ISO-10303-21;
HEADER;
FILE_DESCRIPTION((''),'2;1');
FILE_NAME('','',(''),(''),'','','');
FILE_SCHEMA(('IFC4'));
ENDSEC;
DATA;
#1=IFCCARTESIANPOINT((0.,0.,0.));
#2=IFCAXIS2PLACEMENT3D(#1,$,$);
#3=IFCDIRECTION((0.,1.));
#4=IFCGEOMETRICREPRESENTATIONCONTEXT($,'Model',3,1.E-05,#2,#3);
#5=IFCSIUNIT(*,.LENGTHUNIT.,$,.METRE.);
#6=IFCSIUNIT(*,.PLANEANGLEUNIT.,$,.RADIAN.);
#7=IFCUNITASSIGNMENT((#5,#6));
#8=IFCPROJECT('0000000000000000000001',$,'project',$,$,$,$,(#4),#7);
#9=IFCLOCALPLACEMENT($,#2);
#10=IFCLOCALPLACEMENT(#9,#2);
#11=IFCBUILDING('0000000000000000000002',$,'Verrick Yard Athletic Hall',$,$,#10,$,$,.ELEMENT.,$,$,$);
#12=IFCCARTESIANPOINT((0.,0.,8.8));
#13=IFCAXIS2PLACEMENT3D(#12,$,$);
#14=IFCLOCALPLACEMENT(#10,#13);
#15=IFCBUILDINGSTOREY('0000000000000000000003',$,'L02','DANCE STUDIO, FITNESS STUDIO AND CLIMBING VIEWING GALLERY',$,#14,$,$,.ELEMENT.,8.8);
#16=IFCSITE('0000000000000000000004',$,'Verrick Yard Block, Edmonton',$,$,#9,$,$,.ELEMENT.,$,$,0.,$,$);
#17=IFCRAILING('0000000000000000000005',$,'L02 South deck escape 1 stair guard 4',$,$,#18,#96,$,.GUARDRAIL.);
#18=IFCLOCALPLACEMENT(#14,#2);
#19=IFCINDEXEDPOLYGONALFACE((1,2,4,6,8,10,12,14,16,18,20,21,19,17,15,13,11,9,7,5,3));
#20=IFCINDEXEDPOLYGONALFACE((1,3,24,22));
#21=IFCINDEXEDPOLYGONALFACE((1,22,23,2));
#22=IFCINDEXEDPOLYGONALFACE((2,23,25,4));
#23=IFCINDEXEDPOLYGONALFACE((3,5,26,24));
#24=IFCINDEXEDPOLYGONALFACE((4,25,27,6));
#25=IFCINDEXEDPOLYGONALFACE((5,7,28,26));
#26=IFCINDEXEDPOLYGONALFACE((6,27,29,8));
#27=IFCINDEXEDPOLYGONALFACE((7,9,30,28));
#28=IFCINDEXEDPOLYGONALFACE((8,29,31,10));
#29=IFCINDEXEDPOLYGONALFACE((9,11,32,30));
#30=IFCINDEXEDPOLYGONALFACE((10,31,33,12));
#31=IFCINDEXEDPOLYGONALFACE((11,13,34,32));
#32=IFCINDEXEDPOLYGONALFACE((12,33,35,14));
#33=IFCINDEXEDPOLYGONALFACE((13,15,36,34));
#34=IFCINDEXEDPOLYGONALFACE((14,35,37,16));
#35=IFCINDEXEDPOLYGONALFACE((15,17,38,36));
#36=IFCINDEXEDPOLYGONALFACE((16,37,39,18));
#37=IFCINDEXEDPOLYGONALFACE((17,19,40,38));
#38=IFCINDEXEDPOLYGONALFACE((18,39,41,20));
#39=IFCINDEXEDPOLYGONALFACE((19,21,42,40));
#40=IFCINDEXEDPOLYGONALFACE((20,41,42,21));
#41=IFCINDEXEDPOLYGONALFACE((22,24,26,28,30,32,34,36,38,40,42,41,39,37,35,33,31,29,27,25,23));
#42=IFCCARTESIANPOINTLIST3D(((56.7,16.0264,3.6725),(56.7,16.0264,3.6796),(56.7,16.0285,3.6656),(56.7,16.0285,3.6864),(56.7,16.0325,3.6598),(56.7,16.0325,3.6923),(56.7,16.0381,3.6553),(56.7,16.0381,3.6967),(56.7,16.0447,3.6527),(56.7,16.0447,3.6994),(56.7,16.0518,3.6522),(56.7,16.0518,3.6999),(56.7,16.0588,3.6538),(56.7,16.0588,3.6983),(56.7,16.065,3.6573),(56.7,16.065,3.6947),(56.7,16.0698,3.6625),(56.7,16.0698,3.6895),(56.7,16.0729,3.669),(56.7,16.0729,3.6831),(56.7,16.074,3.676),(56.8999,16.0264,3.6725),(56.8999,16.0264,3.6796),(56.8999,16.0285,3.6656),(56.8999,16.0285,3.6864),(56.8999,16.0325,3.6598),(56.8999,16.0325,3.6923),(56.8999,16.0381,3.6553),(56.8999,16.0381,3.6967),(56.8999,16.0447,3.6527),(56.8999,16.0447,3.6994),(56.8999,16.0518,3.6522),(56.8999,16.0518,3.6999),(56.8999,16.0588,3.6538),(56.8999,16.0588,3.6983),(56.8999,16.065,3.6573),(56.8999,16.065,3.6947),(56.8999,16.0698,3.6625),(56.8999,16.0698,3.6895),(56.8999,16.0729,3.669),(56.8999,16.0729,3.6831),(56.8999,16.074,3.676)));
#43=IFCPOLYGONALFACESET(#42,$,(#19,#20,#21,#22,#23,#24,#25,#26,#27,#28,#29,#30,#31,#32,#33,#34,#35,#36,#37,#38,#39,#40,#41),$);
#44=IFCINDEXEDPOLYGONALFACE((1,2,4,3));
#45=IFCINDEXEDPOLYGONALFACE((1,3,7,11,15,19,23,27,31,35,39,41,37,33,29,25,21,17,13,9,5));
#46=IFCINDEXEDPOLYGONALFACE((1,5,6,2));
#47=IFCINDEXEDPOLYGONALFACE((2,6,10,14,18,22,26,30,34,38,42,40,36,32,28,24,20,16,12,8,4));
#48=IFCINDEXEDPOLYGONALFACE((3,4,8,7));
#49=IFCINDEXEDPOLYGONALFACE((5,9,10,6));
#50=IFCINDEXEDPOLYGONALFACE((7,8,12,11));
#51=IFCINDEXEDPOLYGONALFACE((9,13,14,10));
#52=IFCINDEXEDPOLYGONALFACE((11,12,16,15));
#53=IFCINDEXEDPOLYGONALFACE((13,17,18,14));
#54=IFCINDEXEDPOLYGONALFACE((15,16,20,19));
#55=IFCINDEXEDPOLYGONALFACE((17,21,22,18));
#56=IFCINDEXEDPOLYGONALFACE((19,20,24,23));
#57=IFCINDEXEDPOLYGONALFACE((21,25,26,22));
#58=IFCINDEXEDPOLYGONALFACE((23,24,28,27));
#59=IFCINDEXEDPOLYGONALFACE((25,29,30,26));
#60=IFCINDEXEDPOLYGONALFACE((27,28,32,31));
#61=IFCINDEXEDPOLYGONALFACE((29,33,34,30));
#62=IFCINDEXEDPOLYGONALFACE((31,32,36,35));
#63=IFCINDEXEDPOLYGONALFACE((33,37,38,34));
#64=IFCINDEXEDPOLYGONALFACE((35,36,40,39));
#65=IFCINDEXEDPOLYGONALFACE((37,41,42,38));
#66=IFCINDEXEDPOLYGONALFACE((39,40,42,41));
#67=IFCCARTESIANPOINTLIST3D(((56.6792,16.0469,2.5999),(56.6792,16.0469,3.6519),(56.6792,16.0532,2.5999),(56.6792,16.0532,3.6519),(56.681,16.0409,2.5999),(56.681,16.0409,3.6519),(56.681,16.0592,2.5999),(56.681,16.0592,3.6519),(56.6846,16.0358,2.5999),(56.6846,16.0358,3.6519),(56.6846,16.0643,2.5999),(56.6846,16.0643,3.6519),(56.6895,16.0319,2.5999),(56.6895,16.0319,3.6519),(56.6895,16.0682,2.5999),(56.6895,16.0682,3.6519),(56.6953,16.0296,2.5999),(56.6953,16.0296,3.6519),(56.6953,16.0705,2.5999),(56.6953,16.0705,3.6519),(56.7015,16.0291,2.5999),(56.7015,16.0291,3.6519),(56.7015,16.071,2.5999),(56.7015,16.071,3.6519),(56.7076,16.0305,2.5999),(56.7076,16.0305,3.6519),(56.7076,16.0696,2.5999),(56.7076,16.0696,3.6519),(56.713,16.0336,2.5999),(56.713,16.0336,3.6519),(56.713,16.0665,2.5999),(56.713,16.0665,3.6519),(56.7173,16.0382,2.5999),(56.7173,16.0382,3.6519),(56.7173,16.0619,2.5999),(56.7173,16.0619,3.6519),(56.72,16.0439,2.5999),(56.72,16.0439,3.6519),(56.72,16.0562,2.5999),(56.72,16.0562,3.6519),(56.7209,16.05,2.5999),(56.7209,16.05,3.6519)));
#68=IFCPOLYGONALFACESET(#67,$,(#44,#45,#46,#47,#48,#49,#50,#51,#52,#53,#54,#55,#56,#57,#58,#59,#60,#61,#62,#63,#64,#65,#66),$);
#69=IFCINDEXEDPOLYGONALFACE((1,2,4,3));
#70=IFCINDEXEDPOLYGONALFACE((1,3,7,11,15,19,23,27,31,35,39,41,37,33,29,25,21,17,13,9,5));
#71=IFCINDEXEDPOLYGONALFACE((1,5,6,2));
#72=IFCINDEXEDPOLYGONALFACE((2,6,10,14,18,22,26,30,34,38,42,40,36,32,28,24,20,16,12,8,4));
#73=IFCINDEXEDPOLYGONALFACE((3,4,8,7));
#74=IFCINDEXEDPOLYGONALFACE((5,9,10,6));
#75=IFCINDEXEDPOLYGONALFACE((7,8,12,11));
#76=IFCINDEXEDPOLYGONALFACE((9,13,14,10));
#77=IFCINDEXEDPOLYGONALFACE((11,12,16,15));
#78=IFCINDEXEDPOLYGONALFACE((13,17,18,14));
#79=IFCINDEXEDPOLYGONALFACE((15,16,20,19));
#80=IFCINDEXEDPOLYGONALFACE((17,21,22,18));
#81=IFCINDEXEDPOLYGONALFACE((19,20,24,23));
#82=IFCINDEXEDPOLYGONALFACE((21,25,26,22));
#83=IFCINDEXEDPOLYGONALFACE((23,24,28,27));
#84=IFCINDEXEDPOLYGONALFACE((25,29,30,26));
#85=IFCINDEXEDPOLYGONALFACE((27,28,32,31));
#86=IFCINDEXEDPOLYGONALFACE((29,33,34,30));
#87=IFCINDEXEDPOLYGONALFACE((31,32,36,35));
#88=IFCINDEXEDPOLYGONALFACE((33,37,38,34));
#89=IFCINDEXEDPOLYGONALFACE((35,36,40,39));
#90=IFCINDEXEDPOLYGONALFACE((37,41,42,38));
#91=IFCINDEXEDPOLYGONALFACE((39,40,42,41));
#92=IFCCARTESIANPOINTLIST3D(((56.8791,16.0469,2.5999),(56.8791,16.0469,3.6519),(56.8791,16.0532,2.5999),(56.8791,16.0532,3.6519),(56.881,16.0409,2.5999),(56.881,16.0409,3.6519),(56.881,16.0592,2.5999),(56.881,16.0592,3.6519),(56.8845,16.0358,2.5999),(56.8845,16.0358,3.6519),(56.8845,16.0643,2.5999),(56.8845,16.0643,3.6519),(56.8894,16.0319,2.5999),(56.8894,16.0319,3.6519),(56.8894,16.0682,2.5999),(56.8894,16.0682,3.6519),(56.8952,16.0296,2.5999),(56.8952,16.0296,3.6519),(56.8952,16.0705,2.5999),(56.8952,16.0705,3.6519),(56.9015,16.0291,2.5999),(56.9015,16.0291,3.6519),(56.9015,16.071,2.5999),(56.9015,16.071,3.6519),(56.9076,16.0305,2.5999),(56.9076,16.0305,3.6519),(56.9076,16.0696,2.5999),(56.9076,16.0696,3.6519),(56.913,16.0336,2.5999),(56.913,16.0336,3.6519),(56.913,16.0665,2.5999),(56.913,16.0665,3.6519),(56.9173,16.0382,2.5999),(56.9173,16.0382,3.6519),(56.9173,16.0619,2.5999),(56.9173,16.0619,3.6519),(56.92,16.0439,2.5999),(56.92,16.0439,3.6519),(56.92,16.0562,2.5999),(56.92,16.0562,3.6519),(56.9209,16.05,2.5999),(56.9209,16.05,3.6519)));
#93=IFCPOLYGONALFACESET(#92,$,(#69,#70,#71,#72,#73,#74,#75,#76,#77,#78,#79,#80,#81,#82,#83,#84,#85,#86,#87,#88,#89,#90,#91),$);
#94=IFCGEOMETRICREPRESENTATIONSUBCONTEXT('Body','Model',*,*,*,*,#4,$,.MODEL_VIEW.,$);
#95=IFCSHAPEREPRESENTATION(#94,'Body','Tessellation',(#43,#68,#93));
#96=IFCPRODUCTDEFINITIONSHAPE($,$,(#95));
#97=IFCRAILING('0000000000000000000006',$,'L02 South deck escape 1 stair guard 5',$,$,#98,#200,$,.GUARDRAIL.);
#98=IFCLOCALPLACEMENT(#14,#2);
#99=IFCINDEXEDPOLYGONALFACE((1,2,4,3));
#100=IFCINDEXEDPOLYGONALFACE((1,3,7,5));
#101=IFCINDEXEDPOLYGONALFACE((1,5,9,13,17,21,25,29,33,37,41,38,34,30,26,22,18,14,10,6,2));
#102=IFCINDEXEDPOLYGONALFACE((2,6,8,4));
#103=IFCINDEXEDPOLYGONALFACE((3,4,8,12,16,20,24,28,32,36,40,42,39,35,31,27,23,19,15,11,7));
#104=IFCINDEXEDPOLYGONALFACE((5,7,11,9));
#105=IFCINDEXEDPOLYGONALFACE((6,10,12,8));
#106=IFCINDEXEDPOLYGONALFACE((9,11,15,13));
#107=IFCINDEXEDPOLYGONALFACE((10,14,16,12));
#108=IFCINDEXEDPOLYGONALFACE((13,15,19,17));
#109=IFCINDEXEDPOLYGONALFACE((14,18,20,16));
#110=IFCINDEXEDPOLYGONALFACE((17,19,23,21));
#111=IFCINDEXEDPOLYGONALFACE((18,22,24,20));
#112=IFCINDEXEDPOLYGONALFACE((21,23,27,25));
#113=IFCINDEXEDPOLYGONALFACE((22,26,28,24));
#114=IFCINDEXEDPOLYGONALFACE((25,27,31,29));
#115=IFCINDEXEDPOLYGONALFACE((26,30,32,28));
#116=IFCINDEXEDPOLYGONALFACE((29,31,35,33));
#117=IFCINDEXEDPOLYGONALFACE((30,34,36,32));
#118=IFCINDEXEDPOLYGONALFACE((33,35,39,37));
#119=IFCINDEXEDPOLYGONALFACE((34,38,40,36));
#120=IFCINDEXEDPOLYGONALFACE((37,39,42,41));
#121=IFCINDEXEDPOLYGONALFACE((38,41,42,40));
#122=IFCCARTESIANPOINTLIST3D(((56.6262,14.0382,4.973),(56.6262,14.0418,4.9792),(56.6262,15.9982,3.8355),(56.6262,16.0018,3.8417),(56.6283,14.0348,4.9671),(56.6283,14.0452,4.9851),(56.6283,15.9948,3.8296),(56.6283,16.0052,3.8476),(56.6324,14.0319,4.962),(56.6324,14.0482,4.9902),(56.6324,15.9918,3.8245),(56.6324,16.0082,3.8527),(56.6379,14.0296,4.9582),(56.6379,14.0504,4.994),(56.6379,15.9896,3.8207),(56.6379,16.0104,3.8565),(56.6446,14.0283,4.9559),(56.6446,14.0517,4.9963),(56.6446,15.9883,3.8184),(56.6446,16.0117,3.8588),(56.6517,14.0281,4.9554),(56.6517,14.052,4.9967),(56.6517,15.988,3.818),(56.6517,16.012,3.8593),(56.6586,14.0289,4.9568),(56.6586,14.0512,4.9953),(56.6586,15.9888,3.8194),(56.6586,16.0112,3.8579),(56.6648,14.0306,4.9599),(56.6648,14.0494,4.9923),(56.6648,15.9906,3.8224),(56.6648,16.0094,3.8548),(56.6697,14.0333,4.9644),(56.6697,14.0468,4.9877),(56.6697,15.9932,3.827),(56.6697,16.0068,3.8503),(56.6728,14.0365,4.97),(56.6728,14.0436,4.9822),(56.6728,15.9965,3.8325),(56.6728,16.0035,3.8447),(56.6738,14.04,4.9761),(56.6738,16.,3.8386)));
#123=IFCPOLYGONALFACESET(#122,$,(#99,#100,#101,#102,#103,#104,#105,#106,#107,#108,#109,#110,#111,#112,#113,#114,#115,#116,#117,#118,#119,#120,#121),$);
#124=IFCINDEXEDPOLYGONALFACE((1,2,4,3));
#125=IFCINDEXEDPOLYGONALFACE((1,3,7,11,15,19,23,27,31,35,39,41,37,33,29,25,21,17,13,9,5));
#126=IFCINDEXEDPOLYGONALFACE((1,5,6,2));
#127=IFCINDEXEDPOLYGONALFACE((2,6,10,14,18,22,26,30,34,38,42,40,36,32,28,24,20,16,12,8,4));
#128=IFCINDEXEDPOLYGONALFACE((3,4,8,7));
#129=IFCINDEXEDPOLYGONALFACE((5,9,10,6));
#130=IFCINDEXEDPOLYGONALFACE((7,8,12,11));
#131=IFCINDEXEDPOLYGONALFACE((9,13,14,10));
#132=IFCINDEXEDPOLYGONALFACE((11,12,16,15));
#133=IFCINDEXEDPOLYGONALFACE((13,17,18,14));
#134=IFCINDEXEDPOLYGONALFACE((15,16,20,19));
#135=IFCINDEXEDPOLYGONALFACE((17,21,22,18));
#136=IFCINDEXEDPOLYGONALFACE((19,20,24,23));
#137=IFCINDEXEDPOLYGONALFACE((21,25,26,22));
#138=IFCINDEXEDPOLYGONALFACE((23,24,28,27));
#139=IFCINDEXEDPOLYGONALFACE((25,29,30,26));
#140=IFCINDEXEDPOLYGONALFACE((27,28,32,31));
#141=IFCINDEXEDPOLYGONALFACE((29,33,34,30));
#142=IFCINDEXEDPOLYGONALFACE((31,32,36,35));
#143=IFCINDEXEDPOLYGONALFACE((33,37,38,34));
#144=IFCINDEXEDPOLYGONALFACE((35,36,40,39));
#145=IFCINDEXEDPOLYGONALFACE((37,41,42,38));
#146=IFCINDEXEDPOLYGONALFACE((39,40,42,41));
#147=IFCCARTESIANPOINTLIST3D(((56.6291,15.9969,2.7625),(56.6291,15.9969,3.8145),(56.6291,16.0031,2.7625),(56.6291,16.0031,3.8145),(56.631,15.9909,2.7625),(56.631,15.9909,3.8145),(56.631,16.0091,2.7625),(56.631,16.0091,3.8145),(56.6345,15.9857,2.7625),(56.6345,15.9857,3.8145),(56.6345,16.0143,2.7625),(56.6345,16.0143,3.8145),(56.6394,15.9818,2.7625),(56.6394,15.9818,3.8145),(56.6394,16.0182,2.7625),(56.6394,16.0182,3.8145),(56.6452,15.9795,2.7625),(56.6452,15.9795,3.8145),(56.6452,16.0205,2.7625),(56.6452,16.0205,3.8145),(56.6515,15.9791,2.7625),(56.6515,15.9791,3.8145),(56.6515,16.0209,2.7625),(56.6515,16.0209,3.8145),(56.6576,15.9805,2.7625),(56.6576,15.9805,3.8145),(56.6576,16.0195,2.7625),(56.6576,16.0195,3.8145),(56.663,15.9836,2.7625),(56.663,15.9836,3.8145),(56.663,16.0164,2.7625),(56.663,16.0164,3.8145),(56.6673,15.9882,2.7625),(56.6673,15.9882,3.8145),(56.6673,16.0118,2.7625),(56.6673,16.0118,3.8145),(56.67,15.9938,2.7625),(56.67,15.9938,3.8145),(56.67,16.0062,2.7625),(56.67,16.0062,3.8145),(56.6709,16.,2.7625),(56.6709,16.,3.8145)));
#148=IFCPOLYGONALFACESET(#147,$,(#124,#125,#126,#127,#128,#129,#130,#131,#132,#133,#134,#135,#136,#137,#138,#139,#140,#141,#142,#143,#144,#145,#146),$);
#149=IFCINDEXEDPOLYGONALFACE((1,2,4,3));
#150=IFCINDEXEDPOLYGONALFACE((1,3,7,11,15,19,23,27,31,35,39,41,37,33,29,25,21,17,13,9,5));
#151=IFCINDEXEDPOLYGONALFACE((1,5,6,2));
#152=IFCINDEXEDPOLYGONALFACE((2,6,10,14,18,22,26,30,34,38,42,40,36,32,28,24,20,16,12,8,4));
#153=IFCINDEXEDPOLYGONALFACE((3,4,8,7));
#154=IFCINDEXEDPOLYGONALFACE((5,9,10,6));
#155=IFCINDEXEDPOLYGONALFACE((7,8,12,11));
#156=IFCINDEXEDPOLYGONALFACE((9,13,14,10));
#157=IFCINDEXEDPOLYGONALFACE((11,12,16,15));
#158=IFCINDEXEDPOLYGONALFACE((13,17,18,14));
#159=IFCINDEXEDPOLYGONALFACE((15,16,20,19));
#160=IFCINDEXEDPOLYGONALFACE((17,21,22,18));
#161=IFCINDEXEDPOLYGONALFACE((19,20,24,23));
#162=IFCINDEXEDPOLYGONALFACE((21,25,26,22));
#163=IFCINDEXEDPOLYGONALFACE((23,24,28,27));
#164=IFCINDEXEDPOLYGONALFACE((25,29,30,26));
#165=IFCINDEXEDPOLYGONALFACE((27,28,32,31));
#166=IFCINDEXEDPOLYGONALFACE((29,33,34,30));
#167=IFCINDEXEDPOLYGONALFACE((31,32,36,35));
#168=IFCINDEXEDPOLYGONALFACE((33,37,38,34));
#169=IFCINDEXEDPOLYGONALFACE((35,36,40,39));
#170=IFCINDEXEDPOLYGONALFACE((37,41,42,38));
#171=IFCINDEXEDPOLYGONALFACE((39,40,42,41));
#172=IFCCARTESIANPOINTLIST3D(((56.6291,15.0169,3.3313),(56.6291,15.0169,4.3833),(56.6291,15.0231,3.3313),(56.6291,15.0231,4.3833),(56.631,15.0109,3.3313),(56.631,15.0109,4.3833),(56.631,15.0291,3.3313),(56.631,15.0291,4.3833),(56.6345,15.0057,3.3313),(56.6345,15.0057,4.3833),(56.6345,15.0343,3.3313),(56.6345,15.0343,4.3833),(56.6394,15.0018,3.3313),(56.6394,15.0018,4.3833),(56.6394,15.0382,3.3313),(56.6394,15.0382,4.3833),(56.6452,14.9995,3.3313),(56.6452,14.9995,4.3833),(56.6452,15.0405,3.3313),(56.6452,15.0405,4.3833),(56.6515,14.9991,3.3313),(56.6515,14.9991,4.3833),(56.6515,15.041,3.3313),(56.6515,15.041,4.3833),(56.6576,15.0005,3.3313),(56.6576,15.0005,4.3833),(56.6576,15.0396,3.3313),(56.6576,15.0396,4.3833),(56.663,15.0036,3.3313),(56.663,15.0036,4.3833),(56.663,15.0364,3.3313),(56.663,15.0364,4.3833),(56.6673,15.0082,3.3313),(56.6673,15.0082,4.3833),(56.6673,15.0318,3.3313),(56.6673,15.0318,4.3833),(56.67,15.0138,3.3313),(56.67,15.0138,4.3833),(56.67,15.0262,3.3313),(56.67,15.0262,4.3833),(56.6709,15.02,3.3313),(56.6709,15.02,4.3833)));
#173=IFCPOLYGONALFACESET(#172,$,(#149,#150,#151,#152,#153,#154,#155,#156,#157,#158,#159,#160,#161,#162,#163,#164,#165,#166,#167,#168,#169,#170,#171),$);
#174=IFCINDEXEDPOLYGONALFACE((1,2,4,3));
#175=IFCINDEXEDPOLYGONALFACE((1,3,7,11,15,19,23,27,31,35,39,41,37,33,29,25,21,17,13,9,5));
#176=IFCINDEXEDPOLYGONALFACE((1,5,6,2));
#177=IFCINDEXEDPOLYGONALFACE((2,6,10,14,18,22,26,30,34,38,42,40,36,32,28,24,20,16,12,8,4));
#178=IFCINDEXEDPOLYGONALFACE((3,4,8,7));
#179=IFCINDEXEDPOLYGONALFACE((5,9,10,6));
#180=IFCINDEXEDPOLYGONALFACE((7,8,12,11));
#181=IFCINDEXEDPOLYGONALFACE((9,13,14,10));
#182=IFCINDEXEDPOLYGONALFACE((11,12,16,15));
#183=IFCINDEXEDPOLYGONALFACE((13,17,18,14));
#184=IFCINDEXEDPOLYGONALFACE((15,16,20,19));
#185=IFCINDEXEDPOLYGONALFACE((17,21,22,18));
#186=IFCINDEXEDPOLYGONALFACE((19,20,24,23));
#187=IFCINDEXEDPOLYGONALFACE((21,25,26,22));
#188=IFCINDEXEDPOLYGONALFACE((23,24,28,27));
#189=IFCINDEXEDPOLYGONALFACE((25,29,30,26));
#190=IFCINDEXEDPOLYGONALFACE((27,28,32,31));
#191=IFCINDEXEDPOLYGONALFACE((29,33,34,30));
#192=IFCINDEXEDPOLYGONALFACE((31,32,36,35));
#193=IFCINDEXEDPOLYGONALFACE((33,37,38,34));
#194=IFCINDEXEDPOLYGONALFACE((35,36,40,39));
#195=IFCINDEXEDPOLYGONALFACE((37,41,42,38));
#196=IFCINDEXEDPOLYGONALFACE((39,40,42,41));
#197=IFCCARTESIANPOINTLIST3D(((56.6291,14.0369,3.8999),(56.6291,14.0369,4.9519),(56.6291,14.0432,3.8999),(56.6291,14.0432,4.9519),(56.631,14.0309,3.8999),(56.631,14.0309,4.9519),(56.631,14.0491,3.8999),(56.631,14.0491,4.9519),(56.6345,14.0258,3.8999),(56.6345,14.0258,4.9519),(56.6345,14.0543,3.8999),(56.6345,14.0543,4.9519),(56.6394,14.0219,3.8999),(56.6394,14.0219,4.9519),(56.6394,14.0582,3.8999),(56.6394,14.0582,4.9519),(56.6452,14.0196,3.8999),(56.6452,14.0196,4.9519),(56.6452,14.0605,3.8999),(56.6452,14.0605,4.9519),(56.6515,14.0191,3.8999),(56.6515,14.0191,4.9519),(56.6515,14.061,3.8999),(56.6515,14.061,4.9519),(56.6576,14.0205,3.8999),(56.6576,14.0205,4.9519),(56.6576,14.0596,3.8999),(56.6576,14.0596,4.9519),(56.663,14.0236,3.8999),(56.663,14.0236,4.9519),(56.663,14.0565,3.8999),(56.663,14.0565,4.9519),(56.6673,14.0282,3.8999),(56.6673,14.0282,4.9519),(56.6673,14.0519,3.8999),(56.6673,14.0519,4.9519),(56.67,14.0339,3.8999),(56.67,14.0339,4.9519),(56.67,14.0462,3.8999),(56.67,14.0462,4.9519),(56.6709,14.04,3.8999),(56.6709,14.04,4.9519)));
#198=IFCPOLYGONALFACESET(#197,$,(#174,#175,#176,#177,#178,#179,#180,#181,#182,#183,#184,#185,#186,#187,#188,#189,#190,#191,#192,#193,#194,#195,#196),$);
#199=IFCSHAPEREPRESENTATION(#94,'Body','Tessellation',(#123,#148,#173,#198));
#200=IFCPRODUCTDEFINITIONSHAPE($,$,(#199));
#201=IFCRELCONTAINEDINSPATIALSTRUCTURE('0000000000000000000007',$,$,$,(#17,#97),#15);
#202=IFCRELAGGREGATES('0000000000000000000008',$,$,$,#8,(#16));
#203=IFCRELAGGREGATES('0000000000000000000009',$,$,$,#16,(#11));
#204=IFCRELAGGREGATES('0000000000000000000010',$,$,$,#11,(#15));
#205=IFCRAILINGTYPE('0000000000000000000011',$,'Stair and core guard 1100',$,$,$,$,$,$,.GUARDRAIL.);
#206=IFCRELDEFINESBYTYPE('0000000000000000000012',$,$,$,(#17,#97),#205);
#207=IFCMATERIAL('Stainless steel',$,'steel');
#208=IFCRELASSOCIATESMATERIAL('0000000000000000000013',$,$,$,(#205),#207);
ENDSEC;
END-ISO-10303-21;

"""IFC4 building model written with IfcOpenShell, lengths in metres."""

from ifc_helpers import new_model, si_unit, direction, frame, origin, origin_2d, place, context, subcontext, project, spatial, circle, extrude, material, type_object, element, save


model = new_model("IFC4")

# Units and contexts
model_context = context("Model", 3, precision=1e-05, world=origin(), true_north=direction((0.0, 1.0)))
body_context = subcontext(model_context, "Body", "Model", "MODEL_VIEW")
ifc_project = project(units=[si_unit("LENGTHUNIT", "METRE"), si_unit("PLANEANGLEUNIT", "RADIAN")], contexts=[model_context])

# Site, building, storey
site_placement = place(None, origin())
site = spatial("IfcSite", under=ifc_project, at=site_placement, Name="Verrick Yard Block, Edmonton", CompositionType="ELEMENT", RefElevation=0.0)
building_placement = place(site_placement, origin())
building = spatial("IfcBuilding", under=site, at=building_placement, Name="Verrick Yard Athletic Hall", CompositionType="ELEMENT")
storey_placement = place(building_placement, frame((0.0, 0.0, 8.8)))
storey = spatial("IfcBuildingStorey", under=building, at=storey_placement, Name="L02", Description="DANCE STUDIO, FITNESS STUDIO AND CLIMBING VIEWING GALLERY", CompositionType="ELEMENT", Elevation=8.8)

# Railings
ifc_material_1 = material(Name="Stainless steel", Category="steel")
railing_type_1 = type_object("IfcRailingType", Name="Stair and core guard 1100", PredefinedType="GUARDRAIL", material=ifc_material_1)
railing_1_placement = place(storey_placement, frame((56.7, 16.05, 2.5999)))
element("IfcRailing", 1, at=railing_1_placement, inside=storey, type_object=railing_type_1, Name="L02 South deck escape 1 stair guard 4", PredefinedType="GUARDRAIL", context=body_context, shape_type="SweptSolid", body=[
    extrude(circle(Radius=0.0239, at=origin_2d()), frame((0.0, 0.0, 1.0762), z_axis=(1.0, 0.0, 0.0), x_axis=(0.0, 1.0, 0.0)), (0.0, 0.0, 1.0), 0.2),
    extrude(circle(Radius=0.021, at=origin_2d()), origin(), (0.0, 0.0, 1.0), 1.052),
    extrude(circle(Radius=0.021, at=origin_2d()), frame((0.2, 0.0, 0.0)), (0.0, 0.0, 1.0), 1.052),
])
railing_2_placement = place(storey_placement, frame((56.6499, 16.0, 2.7625)))
element("IfcRailing", 2, at=railing_2_placement, inside=storey, type_object=railing_type_1, Name="L02 South deck escape 1 stair guard 5", PredefinedType="GUARDRAIL", context=body_context, shape_type="SweptSolid", body=[
    extrude(circle(Radius=0.0239, at=origin_2d()), frame((0.0, 0.0, 1.0762), z_axis=(0.0, -0.864902, 0.501941), x_axis=(1.0, 0.0, 0.0)), (0.0, 0.0, 1.0), 2.2661),
    extrude(circle(Radius=0.021, at=origin_2d()), origin(), (0.0, 0.0, 1.0), 1.052),
    extrude(circle(Radius=0.021, at=origin_2d()), frame((0.0, -0.98, 0.5688)), (0.0, 0.0, 1.0), 1.052),
    extrude(circle(Radius=0.021, at=origin_2d()), frame((0.0, -1.96, 1.1375)), (0.0, 0.0, 1.0), 1.052),
])

save(model, "model.ifc")
